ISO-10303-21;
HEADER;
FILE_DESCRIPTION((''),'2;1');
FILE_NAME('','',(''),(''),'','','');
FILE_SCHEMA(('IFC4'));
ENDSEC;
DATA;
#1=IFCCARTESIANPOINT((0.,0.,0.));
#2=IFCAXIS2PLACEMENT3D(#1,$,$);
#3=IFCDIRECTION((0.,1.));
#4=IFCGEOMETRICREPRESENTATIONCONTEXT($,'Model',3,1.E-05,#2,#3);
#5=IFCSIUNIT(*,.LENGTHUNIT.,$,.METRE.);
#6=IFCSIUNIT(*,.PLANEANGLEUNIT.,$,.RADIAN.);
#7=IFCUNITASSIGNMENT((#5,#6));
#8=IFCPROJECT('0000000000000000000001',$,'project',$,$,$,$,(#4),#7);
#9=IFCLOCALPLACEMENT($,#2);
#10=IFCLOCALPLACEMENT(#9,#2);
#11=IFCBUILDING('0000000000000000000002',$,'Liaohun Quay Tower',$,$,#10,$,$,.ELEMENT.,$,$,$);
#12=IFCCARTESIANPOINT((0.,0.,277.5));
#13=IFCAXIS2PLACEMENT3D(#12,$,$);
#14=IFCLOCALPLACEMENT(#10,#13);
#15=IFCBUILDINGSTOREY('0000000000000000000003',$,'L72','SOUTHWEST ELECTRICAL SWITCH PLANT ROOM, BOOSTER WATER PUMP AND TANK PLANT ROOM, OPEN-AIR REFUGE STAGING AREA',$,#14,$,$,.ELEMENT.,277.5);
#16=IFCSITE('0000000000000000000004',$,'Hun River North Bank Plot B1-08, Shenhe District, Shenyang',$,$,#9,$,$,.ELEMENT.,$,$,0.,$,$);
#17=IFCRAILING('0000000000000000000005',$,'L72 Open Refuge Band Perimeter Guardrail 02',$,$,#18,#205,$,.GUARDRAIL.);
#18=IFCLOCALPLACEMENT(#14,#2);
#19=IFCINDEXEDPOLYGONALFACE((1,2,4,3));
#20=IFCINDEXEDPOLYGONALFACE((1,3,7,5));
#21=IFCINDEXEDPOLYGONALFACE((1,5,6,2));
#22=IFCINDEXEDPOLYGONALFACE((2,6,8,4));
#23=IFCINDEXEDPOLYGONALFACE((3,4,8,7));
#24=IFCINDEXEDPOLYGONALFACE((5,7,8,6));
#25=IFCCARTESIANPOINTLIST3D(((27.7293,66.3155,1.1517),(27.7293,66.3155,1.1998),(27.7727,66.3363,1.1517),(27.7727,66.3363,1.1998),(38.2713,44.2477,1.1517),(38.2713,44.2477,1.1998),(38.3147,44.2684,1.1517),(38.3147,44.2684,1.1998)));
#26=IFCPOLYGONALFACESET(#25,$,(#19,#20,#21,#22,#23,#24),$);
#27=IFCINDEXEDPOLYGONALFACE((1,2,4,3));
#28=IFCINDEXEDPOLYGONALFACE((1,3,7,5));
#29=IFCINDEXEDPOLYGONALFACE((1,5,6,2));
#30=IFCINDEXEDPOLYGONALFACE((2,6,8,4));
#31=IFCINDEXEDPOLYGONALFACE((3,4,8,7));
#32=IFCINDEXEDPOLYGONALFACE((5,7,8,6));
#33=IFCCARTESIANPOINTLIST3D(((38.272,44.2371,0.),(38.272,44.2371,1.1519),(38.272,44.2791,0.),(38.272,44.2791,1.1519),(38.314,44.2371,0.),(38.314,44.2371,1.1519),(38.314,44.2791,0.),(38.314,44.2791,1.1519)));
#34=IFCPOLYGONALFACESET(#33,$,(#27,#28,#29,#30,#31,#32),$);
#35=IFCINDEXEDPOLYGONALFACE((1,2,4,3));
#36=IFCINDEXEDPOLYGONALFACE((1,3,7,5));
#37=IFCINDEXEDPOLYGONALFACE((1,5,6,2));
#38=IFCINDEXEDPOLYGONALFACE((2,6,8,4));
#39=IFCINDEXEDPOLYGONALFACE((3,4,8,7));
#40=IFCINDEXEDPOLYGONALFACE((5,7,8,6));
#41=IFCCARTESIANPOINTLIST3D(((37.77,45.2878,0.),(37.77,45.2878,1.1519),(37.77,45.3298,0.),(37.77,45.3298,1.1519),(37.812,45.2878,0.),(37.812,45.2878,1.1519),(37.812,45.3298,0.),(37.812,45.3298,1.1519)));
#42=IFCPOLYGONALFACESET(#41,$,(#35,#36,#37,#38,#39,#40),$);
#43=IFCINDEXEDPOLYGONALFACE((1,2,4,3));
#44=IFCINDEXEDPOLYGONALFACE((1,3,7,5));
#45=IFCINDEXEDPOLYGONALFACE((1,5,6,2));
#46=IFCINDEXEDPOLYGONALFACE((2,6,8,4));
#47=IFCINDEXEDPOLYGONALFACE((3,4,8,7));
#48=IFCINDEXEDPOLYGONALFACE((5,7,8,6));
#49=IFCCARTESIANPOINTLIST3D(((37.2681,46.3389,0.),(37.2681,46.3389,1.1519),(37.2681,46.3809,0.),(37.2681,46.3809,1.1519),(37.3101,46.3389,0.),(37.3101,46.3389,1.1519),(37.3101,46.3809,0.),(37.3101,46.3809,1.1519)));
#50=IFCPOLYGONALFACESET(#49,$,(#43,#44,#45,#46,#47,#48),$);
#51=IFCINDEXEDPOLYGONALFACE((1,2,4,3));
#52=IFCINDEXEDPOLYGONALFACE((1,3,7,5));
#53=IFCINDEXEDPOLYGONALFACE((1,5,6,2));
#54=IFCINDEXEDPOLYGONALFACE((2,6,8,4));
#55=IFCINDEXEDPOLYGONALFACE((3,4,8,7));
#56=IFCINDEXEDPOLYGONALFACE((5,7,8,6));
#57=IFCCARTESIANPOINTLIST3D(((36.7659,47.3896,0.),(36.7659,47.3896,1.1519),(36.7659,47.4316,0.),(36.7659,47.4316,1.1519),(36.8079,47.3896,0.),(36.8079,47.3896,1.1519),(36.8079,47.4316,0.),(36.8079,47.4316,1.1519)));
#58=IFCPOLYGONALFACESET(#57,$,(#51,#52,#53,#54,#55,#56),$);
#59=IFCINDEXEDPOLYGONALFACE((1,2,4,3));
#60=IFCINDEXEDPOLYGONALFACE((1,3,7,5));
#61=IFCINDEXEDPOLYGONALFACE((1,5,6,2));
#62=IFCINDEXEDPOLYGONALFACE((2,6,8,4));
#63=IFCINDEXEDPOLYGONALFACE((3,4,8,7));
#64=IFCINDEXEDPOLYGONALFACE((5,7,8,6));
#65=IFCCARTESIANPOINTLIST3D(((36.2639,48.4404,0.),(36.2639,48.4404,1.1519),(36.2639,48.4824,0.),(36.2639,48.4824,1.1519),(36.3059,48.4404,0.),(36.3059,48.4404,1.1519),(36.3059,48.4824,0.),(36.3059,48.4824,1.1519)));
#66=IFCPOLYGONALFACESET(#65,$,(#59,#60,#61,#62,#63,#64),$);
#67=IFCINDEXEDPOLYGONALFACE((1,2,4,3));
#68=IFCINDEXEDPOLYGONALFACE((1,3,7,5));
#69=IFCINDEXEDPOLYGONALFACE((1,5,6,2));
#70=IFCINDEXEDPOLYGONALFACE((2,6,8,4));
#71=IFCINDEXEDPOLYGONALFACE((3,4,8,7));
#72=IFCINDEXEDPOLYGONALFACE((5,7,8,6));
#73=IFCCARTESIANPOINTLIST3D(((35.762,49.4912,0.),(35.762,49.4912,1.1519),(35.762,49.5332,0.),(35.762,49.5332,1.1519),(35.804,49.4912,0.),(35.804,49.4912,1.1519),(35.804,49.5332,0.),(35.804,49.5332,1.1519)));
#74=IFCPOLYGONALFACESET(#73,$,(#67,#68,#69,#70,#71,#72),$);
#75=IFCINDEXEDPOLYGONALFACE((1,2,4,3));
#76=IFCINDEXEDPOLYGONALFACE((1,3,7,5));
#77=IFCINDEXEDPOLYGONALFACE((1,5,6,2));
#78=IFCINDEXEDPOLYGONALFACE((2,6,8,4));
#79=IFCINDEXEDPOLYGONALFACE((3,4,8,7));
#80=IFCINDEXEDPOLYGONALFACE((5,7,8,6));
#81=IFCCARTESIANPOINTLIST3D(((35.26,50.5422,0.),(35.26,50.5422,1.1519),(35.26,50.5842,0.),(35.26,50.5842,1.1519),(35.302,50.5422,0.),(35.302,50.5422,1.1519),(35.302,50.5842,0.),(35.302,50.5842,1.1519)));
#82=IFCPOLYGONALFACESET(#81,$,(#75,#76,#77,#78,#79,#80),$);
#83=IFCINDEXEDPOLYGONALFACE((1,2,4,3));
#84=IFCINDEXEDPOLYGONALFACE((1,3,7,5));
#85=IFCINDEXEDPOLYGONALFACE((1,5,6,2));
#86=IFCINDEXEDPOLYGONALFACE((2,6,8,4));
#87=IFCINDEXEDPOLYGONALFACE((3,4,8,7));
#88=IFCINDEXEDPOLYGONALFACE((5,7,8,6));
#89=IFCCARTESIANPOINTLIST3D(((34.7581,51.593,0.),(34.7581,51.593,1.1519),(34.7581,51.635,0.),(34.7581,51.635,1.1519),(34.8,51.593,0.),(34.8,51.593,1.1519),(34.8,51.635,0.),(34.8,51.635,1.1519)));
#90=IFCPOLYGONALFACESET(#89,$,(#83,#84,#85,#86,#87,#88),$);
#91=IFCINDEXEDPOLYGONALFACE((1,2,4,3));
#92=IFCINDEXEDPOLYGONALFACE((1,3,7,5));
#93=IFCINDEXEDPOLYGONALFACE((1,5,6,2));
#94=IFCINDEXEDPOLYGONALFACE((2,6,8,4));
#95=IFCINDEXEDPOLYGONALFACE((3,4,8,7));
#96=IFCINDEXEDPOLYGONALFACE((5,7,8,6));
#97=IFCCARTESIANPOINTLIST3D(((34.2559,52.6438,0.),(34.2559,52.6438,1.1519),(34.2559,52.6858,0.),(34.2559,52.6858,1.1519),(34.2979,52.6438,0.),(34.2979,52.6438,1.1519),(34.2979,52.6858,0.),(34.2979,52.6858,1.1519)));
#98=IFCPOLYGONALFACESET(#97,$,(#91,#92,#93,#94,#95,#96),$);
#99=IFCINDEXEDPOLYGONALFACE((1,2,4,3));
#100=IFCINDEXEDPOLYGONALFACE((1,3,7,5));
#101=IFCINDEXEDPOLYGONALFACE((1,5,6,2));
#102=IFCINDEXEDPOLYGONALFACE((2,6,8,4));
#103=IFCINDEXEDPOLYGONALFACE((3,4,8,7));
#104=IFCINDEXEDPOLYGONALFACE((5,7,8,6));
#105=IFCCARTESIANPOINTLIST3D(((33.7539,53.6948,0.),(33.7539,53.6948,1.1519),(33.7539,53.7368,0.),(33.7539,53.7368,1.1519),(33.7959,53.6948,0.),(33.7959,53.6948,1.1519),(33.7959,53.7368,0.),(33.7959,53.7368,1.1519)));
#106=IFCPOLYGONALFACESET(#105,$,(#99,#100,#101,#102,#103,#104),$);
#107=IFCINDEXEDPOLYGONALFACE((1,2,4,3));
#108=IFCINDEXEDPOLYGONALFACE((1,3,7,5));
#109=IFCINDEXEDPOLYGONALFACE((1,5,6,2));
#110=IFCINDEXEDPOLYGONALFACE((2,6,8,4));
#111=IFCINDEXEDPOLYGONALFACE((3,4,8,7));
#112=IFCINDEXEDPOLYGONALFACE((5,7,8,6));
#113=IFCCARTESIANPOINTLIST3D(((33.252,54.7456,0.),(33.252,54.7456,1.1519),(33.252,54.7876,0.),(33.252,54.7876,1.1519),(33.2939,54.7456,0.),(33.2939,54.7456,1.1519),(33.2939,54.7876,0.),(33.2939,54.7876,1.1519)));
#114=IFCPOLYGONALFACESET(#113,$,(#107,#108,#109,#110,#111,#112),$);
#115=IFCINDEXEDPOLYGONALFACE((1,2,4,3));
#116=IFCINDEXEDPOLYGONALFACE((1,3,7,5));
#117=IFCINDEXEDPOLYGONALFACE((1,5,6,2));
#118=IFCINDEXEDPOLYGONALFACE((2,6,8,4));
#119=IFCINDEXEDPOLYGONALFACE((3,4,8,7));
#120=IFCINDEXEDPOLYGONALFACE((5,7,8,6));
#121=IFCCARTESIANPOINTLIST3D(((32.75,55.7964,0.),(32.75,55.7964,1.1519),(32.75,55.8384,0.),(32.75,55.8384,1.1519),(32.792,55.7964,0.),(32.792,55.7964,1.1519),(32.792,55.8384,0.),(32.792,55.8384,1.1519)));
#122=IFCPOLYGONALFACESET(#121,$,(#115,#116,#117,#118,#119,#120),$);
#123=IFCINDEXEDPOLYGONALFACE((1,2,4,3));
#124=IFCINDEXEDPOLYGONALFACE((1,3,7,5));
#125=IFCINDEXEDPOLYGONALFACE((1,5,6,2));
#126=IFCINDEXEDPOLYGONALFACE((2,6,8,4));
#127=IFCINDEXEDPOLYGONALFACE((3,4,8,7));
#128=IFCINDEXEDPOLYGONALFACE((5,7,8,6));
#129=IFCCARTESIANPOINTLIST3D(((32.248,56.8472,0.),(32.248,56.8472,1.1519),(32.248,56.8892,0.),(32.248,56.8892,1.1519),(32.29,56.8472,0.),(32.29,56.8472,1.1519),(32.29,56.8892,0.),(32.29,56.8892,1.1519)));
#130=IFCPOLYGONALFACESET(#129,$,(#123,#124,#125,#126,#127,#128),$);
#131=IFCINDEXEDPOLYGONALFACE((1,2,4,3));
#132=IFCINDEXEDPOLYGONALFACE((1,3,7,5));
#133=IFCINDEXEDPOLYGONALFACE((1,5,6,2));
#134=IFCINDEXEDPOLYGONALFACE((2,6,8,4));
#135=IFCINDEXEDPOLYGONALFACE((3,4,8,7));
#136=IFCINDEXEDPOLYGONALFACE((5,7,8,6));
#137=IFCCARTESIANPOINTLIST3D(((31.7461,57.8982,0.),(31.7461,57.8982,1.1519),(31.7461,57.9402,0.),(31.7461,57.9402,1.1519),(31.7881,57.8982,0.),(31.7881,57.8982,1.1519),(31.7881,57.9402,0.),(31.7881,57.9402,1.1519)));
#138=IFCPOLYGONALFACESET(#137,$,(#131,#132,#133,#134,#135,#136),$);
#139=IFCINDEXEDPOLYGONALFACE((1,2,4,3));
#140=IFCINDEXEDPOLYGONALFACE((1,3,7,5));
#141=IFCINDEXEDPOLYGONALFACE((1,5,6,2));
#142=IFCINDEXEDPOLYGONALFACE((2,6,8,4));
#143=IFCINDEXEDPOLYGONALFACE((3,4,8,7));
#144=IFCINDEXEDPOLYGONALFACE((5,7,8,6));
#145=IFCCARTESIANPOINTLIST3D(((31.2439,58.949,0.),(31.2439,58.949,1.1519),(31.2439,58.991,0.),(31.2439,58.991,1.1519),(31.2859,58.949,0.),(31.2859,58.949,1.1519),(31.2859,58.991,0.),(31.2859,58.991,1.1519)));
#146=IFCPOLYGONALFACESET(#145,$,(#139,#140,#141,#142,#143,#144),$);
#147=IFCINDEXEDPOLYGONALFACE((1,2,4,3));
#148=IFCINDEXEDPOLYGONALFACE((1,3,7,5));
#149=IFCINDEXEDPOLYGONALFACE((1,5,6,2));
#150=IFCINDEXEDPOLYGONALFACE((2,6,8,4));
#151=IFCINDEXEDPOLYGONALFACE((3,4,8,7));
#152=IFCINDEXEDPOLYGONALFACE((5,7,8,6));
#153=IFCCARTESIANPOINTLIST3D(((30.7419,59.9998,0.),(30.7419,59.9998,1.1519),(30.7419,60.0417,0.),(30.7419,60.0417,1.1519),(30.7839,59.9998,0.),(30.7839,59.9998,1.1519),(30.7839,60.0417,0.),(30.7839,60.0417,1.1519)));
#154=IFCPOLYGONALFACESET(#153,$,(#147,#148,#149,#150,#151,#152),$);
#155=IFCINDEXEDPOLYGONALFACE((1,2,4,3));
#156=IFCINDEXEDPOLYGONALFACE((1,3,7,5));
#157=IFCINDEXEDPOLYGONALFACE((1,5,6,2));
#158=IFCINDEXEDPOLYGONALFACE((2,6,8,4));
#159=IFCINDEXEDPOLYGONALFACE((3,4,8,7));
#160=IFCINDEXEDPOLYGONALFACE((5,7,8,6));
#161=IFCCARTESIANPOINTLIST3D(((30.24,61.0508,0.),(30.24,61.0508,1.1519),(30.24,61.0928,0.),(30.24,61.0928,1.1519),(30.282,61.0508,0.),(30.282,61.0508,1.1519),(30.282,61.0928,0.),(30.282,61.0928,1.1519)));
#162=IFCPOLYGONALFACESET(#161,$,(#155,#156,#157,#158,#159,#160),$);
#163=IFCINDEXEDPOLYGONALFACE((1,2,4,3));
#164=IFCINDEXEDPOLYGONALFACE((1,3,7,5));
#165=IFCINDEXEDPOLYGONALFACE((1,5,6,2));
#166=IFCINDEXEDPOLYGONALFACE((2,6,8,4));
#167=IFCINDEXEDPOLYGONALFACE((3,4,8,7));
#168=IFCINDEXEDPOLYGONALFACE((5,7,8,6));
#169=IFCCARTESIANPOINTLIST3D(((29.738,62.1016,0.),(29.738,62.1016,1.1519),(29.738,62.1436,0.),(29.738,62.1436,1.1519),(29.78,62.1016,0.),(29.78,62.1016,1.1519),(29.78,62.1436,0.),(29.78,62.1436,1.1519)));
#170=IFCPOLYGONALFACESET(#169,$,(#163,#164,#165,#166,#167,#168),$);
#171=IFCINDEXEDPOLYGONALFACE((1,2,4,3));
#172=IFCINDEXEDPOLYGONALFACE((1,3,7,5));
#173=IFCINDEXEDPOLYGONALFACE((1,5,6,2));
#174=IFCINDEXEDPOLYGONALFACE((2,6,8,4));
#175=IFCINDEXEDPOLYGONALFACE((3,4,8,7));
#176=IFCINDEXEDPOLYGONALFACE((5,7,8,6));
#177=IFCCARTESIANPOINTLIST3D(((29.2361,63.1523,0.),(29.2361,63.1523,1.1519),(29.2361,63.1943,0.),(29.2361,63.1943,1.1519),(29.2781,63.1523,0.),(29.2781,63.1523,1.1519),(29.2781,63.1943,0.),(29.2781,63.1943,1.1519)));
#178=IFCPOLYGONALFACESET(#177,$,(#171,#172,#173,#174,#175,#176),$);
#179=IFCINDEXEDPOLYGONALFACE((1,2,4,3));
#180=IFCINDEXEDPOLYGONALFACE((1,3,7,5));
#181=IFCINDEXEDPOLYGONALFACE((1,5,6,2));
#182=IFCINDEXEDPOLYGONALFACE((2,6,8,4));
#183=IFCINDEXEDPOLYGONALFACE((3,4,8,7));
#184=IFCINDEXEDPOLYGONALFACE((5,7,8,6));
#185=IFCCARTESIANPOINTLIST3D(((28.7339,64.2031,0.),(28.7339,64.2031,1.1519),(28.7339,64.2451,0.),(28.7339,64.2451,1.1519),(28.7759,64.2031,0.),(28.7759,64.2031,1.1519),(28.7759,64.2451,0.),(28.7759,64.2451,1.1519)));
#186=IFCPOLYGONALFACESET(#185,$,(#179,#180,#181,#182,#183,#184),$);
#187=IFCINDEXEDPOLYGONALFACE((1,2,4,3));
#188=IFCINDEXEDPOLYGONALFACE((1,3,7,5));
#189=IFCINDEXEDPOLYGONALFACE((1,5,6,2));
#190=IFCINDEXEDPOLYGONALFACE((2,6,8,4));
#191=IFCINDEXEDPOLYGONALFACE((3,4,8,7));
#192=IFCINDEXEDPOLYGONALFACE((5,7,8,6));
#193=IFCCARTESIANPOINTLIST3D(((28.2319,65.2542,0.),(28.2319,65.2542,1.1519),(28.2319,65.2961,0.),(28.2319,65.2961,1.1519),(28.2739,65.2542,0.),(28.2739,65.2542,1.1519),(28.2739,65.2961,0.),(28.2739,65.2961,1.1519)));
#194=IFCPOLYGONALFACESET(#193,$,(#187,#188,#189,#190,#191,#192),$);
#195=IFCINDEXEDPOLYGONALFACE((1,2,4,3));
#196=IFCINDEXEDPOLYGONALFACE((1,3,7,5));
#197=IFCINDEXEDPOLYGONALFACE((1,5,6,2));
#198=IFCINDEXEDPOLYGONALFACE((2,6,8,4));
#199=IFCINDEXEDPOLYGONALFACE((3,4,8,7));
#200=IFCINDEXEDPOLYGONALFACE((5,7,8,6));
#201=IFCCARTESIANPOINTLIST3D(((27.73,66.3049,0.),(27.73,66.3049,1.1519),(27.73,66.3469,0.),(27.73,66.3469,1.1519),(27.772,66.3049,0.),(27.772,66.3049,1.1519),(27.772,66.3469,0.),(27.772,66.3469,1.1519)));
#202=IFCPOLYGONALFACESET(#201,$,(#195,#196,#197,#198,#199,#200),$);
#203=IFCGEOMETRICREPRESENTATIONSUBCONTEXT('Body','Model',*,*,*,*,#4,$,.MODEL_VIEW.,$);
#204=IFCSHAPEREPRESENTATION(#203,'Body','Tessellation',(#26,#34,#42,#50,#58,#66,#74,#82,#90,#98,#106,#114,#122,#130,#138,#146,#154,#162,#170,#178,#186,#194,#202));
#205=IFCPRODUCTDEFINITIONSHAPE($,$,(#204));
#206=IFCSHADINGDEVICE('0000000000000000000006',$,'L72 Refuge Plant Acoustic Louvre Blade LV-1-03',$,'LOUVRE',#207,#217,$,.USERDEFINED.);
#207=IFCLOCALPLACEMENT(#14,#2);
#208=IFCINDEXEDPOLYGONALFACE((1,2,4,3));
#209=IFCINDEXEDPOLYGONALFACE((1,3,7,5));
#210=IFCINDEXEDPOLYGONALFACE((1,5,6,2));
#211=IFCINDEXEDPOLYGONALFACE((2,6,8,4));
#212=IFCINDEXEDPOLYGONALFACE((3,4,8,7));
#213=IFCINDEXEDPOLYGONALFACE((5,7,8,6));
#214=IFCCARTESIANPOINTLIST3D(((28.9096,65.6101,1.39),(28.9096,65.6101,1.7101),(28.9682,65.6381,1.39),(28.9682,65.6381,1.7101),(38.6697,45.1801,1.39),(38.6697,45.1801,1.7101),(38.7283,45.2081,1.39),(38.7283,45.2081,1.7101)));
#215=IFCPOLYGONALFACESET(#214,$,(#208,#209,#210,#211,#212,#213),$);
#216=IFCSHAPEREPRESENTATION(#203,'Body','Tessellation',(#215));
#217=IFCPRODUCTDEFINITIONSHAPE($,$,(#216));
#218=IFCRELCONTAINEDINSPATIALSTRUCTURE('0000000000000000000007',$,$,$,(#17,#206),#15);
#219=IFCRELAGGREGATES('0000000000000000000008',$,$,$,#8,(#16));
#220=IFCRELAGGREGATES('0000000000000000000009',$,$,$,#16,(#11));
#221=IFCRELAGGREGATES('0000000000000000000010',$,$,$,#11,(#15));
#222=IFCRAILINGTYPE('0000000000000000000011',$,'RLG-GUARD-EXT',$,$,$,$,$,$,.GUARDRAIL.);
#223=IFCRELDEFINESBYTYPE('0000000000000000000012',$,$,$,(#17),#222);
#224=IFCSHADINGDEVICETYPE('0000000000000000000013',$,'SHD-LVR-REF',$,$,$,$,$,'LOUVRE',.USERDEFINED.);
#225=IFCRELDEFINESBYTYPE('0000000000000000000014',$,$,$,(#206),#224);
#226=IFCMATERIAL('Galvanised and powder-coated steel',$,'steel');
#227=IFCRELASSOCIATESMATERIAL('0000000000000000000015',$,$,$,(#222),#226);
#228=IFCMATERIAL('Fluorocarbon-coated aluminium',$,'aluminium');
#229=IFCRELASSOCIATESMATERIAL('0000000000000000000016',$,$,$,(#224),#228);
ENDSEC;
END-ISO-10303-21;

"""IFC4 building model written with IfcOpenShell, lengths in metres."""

from ifc_helpers import new_model, si_unit, direction, frame, origin, origin_2d, place, context, subcontext, project, spatial, rectangle, extrude, source, transform, mapped, material, material_profile, profile_set, type_object, element, save


model = new_model("IFC4")

# Units and contexts
model_context = context("Model", 3, precision=1e-05, world=origin(), true_north=direction((0.0, 1.0)))
body_context = subcontext(model_context, "Body", "Model", "MODEL_VIEW")
ifc_project = project(units=[si_unit("LENGTHUNIT", "METRE"), si_unit("PLANEANGLEUNIT", "RADIAN")], contexts=[model_context])

# Site, building, storey
site_placement = place(None, origin())
site = spatial("IfcSite", under=ifc_project, at=site_placement, Name="Hun River North Bank Plot B1-08, Shenhe District, Shenyang", CompositionType="ELEMENT", RefElevation=0.0)
building_placement = place(site_placement, origin())
building = spatial("IfcBuilding", under=site, at=building_placement, Name="Liaohun Quay Tower", CompositionType="ELEMENT")
storey_placement = place(building_placement, frame((0.0, 0.0, 277.5)))
storey = spatial("IfcBuildingStorey", under=building, at=storey_placement, Name="L72", Description="SOUTHWEST ELECTRICAL SWITCH PLANT ROOM, BOOSTER WATER PUMP AND TANK PLANT ROOM, OPEN-AIR REFUGE STAGING AREA", CompositionType="ELEMENT", Elevation=277.5)

# Railing
ifc_material_1 = material(Name="Galvanised and powder-coated steel", Category="steel")
railing_type = type_object("IfcRailingType", Name="RLG-GUARD-EXT", PredefinedType="GUARDRAIL", material=ifc_material_1)
railing_placement = place(storey_placement, frame((38.293, 44.2581, 0.0)))
element("IfcRailing", 1, at=railing_placement, inside=storey, type_object=railing_type, Name="L72 Open Refuge Band Perimeter Guardrail 02", PredefinedType="GUARDRAIL", context=body_context, shape_type="SweptSolid", body=[
    extrude(rectangle(XDim=0.0481, YDim=0.0481, at=origin_2d()), frame((0.0, 0.0, 1.1758), z_axis=(-0.431049, 0.902328, 0.0), x_axis=(-0.902328, -0.431049, 0.0)), (0.0, 0.0, 1.0), 24.4565),
    extrude(rectangle(XDim=0.042, YDim=0.042, at=origin_2d()), origin(), (0.0, 0.0, 1.0), 1.1519),
    extrude(rectangle(XDim=0.042, YDim=0.042, at=origin_2d()), frame((-0.502, 1.0508, 0.0)), (0.0, 0.0, 1.0), 1.1519),
    extrude(rectangle(XDim=0.042, YDim=0.042, at=origin_2d()), frame((-1.0039, 2.1018, 0.0)), (0.0, 0.0, 1.0), 1.1519),
    extrude(rectangle(XDim=0.042, YDim=0.042, at=origin_2d()), frame((-1.5061, 3.1526, 0.0)), (0.0, 0.0, 1.0), 1.1519),
    extrude(rectangle(XDim=0.042, YDim=0.042, at=origin_2d()), frame((-2.0081, 4.2034, 0.0)), (0.0, 0.0, 1.0), 1.1519),
    extrude(rectangle(XDim=0.042, YDim=0.042, at=origin_2d()), frame((-2.51, 5.2542, 0.0)), (0.0, 0.0, 1.0), 1.1519),
    extrude(rectangle(XDim=0.042, YDim=0.042, at=origin_2d()), frame((-3.012, 6.3052, 0.0)), (0.0, 0.0, 1.0), 1.1519),
    extrude(rectangle(XDim=0.042, YDim=0.042, at=origin_2d()), frame((-3.5139, 7.356, 0.0)), (0.0, 0.0, 1.0), 1.1519),
    extrude(rectangle(XDim=0.042, YDim=0.042, at=origin_2d()), frame((-4.0161, 8.4067, 0.0)), (0.0, 0.0, 1.0), 1.1519),
    extrude(rectangle(XDim=0.042, YDim=0.042, at=origin_2d()), frame((-4.5181, 9.4578, 0.0)), (0.0, 0.0, 1.0), 1.1519),
    extrude(rectangle(XDim=0.042, YDim=0.042, at=origin_2d()), frame((-5.02, 10.5085, 0.0)), (0.0, 0.0, 1.0), 1.1519),
    extrude(rectangle(XDim=0.042, YDim=0.042, at=origin_2d()), frame((-5.522, 11.5593, 0.0)), (0.0, 0.0, 1.0), 1.1519),
    extrude(rectangle(XDim=0.042, YDim=0.042, at=origin_2d()), frame((-6.0239, 12.6101, 0.0)), (0.0, 0.0, 1.0), 1.1519),
    extrude(rectangle(XDim=0.042, YDim=0.042, at=origin_2d()), frame((-6.5259, 13.6611, 0.0)), (0.0, 0.0, 1.0), 1.1519),
    extrude(rectangle(XDim=0.042, YDim=0.042, at=origin_2d()), frame((-7.0281, 14.7119, 0.0)), (0.0, 0.0, 1.0), 1.1519),
    extrude(rectangle(XDim=0.042, YDim=0.042, at=origin_2d()), frame((-7.53, 15.7627, 0.0)), (0.0, 0.0, 1.0), 1.1519),
    extrude(rectangle(XDim=0.042, YDim=0.042, at=origin_2d()), frame((-8.032, 16.8137, 0.0)), (0.0, 0.0, 1.0), 1.1519),
    extrude(rectangle(XDim=0.042, YDim=0.042, at=origin_2d()), frame((-8.5339, 17.8645, 0.0)), (0.0, 0.0, 1.0), 1.1519),
    extrude(rectangle(XDim=0.042, YDim=0.042, at=origin_2d()), frame((-9.0359, 18.9153, 0.0)), (0.0, 0.0, 1.0), 1.1519),
    extrude(rectangle(XDim=0.042, YDim=0.042, at=origin_2d()), frame((-9.5381, 19.9661, 0.0)), (0.0, 0.0, 1.0), 1.1519),
    extrude(rectangle(XDim=0.042, YDim=0.042, at=origin_2d()), frame((-10.04, 21.0171, 0.0)), (0.0, 0.0, 1.0), 1.1519),
    extrude(rectangle(XDim=0.042, YDim=0.042, at=origin_2d()), frame((-10.542, 22.0679, 0.0)), (0.0, 0.0, 1.0), 1.1519),
])

# Shading device
ifc_material_2 = material(Name="Fluorocarbon-coated aluminium", Category="aluminium")
ifc_material_profile_1 = material_profile(ifc_material_2, rectangle(XDim=0.0649, YDim=0.3201, at=origin_2d()), Name="ALU-LVR-320x65")
ifc_profile_set_1 = profile_set([ifc_material_profile_1], Name="Fluorocarbon-coated aluminium")
shading_device_type = type_object("IfcShadingDeviceType", Name="SHD-LVR-REF", ElementType="LOUVRE", PredefinedType="USERDEFINED", material=ifc_profile_set_1)
shared_shape_1 = source(origin(), body_context, "Body", "SweptSolid", [
    extrude(rectangle(XDim=0.0649, YDim=0.3201, at=origin_2d()), origin(), (0.0, 0.0, 1.0), 22.6416),
])
shading_device_placement = place(storey_placement, frame((38.699, 45.1941, 1.55), z_axis=(-0.431066, 0.90232, 0.0), x_axis=(-0.90232, -0.431066, 0.0)))
element("IfcShadingDevice", 2, at=shading_device_placement, inside=storey, type_object=shading_device_type, Name="L72 Refuge Plant Acoustic Louvre Blade LV-1-03", ObjectType="LOUVRE", PredefinedType="USERDEFINED", context=body_context, shape_type="MappedRepresentation", body=[
    mapped(shared_shape_1, transform((0.0, 0.0, 0.0), x_axis=(1.0, 0.0, 0.0), y_axis=(0.0, 1.0, 0.0), z_axis=(0.0, 0.0, 1.0), scale=1.0)),
])

save(model, "model.ifc")
